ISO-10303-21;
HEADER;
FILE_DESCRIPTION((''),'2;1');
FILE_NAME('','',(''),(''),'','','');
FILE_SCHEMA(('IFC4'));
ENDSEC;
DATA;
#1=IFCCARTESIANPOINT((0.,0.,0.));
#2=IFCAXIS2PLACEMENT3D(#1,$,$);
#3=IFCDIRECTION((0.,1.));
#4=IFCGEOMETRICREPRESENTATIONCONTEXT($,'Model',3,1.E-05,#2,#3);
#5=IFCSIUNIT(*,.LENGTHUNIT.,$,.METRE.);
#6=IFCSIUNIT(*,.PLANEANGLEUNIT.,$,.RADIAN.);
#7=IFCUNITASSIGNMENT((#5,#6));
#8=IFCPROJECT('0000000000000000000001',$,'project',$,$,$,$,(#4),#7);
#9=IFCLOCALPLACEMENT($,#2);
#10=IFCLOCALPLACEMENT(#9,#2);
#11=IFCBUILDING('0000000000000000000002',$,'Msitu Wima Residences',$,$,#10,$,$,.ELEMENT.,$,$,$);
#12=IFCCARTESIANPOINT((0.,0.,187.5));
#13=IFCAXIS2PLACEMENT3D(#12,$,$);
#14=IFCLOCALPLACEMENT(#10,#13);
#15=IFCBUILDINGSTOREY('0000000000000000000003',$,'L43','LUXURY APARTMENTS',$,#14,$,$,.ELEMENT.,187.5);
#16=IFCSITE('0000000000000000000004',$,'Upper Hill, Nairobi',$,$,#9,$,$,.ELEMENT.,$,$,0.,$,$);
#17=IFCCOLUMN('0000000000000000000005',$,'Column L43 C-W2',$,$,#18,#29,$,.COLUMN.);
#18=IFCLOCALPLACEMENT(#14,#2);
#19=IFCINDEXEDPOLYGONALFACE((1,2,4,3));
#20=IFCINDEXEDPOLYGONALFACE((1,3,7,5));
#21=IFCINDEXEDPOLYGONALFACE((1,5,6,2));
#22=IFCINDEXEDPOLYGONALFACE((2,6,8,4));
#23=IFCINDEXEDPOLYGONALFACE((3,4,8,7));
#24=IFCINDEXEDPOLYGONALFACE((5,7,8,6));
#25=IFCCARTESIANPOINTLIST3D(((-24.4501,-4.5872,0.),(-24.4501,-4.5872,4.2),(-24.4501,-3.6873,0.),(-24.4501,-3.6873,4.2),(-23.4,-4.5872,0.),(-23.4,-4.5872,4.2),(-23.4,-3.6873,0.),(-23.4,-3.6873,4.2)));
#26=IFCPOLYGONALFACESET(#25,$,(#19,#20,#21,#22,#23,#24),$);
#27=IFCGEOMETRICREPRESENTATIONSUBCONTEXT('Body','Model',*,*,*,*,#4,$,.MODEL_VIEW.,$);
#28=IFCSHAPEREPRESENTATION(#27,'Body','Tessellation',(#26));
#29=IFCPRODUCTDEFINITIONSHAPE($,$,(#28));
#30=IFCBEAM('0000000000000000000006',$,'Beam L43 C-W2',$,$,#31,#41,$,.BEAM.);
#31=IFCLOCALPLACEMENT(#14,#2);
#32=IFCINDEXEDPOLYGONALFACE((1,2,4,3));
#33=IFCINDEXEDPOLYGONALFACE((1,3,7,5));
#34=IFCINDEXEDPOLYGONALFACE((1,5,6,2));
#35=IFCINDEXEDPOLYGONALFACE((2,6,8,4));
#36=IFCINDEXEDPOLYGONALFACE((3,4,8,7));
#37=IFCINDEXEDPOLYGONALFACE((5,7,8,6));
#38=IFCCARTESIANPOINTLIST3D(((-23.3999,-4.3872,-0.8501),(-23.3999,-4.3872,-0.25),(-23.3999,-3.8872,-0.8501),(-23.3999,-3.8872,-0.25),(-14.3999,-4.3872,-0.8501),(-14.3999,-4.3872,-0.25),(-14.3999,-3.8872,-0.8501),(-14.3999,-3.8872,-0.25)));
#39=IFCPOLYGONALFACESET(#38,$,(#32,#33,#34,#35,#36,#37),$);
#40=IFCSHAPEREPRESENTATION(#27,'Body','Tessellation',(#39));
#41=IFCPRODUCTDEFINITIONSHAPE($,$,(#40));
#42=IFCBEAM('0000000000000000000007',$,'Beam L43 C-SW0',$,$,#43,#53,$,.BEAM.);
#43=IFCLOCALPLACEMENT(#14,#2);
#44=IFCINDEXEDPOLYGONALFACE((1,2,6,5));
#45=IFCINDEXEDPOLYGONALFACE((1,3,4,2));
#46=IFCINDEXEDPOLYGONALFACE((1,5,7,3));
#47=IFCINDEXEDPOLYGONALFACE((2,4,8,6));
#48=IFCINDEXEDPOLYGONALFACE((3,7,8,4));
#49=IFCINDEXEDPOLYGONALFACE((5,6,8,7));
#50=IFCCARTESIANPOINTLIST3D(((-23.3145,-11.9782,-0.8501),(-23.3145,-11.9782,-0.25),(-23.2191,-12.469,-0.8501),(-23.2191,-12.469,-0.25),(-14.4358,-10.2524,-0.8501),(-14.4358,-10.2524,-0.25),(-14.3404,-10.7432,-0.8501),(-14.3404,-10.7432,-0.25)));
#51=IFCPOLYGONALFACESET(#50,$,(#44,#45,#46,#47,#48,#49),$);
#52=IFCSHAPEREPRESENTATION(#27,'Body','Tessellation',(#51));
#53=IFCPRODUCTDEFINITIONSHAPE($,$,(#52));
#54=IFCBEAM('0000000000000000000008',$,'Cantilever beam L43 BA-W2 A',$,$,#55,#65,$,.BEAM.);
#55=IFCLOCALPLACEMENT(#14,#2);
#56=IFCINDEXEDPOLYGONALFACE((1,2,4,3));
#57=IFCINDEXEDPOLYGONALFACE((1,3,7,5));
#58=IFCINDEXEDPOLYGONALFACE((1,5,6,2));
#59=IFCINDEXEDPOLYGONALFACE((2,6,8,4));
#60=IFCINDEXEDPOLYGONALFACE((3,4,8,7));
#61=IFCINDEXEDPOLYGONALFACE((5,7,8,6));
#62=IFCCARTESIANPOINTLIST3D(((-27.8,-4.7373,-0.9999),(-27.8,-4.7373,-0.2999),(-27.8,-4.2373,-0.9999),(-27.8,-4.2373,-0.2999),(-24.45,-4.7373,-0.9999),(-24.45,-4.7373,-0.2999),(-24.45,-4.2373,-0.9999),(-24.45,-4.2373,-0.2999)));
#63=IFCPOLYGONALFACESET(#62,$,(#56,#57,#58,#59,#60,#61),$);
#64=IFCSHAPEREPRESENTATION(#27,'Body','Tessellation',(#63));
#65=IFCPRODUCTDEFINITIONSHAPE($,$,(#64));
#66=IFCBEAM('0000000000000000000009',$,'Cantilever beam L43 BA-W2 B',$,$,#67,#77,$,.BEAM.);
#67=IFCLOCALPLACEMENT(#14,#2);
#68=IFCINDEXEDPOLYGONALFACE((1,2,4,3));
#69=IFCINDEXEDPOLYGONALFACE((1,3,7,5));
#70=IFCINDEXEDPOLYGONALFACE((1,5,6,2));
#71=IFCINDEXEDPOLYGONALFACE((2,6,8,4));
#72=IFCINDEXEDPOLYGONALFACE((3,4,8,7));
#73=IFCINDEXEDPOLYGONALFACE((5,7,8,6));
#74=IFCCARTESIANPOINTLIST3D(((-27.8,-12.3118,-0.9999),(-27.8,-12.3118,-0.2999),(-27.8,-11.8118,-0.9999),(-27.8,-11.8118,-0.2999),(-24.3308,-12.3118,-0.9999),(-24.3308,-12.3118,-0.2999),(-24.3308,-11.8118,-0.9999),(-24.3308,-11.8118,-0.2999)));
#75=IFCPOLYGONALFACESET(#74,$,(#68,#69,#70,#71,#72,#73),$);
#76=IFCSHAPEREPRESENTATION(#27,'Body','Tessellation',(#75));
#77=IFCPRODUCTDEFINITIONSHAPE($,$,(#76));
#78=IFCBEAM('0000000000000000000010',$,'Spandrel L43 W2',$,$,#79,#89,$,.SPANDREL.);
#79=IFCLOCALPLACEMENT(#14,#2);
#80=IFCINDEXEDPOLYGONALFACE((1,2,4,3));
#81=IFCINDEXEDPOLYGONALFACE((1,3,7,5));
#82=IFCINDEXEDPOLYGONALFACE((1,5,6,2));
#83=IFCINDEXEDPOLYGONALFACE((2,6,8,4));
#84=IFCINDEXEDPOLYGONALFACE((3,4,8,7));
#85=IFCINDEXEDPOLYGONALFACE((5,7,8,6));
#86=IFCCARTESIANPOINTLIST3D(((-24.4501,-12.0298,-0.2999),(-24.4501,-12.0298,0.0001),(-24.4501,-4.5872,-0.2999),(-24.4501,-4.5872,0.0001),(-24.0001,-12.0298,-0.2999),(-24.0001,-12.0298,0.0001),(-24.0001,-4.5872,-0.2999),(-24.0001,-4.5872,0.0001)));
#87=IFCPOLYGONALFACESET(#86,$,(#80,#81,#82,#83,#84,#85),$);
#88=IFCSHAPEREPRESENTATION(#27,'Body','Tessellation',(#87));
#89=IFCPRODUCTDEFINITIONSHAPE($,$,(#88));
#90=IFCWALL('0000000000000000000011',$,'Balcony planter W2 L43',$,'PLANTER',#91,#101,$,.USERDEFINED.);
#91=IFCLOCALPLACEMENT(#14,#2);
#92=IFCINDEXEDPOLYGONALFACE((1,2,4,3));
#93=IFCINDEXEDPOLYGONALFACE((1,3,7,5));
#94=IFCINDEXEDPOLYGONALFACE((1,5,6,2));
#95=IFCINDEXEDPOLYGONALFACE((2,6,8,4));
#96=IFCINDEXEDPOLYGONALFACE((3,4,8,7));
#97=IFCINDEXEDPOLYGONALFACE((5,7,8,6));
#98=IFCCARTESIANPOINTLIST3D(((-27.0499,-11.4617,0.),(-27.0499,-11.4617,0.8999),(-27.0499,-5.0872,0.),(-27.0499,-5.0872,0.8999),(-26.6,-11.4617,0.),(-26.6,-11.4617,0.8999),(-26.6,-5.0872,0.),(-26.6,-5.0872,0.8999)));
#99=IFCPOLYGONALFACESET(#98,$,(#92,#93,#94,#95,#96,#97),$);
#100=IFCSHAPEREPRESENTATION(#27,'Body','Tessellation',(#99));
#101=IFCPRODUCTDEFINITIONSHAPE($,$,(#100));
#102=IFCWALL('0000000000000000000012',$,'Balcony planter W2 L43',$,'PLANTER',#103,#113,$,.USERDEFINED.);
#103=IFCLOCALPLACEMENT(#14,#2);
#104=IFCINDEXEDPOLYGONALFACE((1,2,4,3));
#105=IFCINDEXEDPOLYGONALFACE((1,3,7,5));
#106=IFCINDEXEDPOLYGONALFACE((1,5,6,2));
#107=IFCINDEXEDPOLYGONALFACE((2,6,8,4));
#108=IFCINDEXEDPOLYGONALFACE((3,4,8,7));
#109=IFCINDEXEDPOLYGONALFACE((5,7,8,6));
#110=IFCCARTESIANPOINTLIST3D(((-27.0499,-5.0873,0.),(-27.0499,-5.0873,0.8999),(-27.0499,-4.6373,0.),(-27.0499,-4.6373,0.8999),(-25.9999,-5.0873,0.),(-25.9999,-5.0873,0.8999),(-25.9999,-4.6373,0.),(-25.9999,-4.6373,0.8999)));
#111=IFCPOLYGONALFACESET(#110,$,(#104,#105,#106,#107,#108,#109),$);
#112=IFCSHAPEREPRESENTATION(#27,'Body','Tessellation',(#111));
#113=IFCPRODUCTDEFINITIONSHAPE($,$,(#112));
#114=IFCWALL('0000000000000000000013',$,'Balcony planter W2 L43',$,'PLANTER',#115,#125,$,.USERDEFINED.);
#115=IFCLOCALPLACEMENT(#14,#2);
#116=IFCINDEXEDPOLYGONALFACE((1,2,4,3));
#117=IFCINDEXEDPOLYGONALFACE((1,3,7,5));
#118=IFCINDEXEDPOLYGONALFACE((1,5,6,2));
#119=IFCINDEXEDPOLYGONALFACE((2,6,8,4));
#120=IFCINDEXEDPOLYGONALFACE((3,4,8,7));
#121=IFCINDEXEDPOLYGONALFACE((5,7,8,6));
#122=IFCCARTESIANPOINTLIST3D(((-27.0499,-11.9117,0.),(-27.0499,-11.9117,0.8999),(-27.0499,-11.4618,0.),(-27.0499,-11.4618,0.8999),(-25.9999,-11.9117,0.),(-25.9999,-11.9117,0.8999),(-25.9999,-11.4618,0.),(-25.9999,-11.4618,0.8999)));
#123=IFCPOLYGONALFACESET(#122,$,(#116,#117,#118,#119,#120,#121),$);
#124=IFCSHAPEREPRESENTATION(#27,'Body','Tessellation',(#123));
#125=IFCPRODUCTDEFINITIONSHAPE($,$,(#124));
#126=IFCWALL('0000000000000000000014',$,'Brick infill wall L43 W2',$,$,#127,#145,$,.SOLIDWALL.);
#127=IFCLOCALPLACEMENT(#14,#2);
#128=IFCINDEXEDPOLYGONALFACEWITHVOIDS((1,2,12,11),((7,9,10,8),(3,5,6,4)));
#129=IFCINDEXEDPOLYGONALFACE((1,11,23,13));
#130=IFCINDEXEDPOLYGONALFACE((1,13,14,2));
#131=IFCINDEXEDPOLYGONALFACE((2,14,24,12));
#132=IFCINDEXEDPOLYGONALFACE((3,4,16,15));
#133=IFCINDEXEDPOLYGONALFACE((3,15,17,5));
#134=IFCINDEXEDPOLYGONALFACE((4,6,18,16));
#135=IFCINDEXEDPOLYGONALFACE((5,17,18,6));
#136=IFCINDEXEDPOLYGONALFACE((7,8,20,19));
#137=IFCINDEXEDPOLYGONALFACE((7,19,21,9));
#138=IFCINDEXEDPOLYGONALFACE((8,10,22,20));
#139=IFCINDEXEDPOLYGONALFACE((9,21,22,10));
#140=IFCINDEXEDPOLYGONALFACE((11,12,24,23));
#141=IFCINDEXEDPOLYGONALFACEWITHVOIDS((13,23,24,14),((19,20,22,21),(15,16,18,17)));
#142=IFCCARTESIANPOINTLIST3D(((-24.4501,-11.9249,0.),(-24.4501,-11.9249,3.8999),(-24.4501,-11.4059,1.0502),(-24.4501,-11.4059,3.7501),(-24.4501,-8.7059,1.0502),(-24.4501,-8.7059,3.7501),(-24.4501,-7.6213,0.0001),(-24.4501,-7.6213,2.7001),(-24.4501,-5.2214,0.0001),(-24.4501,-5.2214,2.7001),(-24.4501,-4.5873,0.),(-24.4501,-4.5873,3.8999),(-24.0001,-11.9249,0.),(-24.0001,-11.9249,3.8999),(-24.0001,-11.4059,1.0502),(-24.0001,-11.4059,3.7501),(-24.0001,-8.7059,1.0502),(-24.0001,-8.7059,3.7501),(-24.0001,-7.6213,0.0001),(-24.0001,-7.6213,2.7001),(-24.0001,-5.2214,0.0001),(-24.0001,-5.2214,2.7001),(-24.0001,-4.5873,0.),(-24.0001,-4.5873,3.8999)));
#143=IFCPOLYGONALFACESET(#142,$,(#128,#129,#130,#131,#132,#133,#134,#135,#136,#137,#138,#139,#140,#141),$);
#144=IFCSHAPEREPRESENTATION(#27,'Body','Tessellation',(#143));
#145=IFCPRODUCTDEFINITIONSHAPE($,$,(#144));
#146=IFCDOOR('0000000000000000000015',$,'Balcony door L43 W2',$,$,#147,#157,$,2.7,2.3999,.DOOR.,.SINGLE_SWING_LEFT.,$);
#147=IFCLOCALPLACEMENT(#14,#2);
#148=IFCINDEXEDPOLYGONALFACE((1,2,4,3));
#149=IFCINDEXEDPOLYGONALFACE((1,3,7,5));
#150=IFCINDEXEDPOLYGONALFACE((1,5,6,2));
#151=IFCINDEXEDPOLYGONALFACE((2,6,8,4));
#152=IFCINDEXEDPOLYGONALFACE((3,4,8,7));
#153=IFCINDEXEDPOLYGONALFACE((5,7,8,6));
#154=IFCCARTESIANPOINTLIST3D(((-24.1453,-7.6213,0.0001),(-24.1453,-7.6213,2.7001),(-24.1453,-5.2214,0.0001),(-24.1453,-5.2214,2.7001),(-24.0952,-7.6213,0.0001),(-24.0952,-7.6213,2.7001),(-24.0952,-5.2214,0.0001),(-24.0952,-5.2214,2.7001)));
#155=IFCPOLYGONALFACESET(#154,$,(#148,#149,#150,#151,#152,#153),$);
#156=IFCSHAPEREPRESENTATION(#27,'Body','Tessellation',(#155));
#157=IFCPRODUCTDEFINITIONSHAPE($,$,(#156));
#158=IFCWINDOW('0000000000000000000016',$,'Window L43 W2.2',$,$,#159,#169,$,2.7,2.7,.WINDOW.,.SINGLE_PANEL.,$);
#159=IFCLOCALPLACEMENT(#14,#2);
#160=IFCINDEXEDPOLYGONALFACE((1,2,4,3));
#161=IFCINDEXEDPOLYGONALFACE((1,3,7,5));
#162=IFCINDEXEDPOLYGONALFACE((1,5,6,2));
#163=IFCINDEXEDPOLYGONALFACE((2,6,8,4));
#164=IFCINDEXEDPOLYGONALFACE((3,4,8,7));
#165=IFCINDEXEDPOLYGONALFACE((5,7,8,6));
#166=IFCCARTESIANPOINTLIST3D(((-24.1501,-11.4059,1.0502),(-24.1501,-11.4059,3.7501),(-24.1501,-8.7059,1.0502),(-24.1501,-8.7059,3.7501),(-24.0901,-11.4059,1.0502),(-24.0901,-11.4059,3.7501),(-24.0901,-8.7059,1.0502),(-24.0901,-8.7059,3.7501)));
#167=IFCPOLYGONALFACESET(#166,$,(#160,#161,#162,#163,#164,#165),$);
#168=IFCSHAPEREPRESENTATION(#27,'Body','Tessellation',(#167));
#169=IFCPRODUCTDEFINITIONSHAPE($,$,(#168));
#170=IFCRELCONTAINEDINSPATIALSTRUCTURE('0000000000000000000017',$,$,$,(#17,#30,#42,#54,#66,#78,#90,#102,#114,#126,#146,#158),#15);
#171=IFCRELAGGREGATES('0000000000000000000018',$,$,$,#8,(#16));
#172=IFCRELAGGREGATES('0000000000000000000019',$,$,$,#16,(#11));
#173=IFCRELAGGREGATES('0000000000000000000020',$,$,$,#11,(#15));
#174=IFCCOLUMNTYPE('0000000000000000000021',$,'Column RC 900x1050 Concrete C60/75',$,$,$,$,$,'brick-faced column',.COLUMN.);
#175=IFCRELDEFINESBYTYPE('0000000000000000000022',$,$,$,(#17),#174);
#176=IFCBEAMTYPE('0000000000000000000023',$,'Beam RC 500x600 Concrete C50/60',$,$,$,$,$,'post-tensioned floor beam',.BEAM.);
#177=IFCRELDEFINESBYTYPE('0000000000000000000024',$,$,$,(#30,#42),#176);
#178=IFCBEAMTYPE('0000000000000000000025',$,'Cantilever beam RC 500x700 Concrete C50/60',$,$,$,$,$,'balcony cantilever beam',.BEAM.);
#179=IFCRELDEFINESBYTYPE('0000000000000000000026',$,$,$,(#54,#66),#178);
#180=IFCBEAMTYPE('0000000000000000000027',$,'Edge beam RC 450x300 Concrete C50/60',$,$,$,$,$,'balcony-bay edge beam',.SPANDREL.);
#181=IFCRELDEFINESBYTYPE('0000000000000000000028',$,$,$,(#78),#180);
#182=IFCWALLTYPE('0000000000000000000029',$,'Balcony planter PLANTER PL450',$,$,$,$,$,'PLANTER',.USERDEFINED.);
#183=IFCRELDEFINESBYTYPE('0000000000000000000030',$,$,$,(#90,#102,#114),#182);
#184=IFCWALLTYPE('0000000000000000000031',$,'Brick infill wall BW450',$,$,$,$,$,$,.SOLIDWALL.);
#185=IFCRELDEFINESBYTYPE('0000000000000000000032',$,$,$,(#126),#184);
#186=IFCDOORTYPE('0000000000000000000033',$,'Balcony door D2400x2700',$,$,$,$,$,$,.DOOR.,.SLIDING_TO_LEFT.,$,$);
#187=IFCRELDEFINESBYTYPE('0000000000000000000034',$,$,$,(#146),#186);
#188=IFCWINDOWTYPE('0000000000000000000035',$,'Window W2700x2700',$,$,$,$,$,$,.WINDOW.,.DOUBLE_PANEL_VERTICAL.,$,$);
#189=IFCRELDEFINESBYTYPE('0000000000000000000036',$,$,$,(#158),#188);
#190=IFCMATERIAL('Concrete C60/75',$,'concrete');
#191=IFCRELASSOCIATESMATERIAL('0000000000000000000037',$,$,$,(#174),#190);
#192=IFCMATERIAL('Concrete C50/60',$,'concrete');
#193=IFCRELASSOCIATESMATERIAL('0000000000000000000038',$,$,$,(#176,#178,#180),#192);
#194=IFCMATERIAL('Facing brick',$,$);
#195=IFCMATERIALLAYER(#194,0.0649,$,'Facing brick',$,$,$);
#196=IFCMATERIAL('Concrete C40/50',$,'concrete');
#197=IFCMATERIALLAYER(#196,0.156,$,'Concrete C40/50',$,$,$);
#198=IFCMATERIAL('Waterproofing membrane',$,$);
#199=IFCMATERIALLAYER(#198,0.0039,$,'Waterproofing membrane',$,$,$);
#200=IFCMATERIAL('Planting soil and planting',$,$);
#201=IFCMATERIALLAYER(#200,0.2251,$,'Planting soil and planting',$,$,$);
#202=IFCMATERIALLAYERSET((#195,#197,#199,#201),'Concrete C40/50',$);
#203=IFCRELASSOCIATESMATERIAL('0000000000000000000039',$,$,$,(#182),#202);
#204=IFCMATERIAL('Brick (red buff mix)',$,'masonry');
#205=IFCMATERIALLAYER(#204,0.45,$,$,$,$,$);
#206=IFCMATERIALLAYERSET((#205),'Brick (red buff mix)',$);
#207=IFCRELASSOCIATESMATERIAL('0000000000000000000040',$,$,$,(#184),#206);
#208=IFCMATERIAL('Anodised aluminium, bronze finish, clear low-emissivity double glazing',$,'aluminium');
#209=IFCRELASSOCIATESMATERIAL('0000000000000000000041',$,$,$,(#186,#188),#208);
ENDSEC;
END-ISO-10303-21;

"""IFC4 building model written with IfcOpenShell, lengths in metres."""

from ifc_helpers import new_model, si_unit, direction, frame, frame_2d, origin, origin_2d, place, context, subcontext, project, spatial, rectangle, extrude, material, layer, layer_set, material_profile, profile_set, type_object, element, fill, save


model = new_model("IFC4")

# Units and contexts
model_context = context("Model", 3, precision=1e-05, world=origin(), true_north=direction((0.0, 1.0)))
body_context = subcontext(model_context, "Body", "Model", "MODEL_VIEW")
ifc_project = project(units=[si_unit("LENGTHUNIT", "METRE"), si_unit("PLANEANGLEUNIT", "RADIAN")], contexts=[model_context])

# Site, building, storey
site_placement = place(None, origin())
site = spatial("IfcSite", under=ifc_project, at=site_placement, Name="Upper Hill, Nairobi", CompositionType="ELEMENT", RefElevation=0.0)
building_placement = place(site_placement, origin())
building = spatial("IfcBuilding", under=site, at=building_placement, Name="Msitu Wima Residences", CompositionType="ELEMENT")
storey_placement = place(building_placement, frame((0.0, 0.0, 187.5)))
storey = spatial("IfcBuildingStorey", under=building, at=storey_placement, Name="L43", Description="LUXURY APARTMENTS", CompositionType="ELEMENT", Elevation=187.5)

# Column
ifc_material_1 = material(Name="Concrete C60/75", Category="concrete")
ifc_material_profile_1 = material_profile(ifc_material_1, rectangle(XDim=0.8999, YDim=1.05, at=origin_2d()), Name="RC 900x1050")
ifc_profile_set_1 = profile_set([ifc_material_profile_1], Name="Concrete C60/75")
column_type = type_object("IfcColumnType", Name="Column RC 900x1050 Concrete C60/75", ElementType="brick-faced column", PredefinedType="COLUMN", material=ifc_profile_set_1)
column_placement = place(storey_placement, frame((-23.925, -4.1372, 0.0), z_axis=(0.0, 0.0, 1.0), x_axis=(0.0, -1.0, 0.0)))
element("IfcColumn", 1, at=column_placement, inside=storey, type_object=column_type, Name="Column L43 C-W2", PredefinedType="COLUMN", context=body_context, shape_type="SweptSolid", body=[
    extrude(rectangle(XDim=0.8999, YDim=1.05, at=origin_2d()), origin(), (0.0, 0.0, 1.0), 4.2),
])

# Beams
ifc_material_2 = material(Name="Concrete C50/60", Category="concrete")
ifc_material_profile_2 = material_profile(ifc_material_2, rectangle(XDim=0.5, YDim=0.6001, at=origin_2d()), Name="RC 500x600")
ifc_profile_set_2 = profile_set([ifc_material_profile_2], Name="Concrete C50/60")
beam_type_1 = type_object("IfcBeamType", Name="Beam RC 500x600 Concrete C50/60", ElementType="post-tensioned floor beam", PredefinedType="BEAM", material=ifc_profile_set_2)
beam_1_placement = place(storey_placement, frame((-23.3999, -4.1372, -0.55), z_axis=(1.0, 0.0, 0.0), x_axis=(0.0, 1.0, 0.0)))
element("IfcBeam", 2, at=beam_1_placement, inside=storey, type_object=beam_type_1, Name="Beam L43 C-W2", PredefinedType="BEAM", context=body_context, shape_type="SweptSolid", body=[
    extrude(rectangle(XDim=0.5, YDim=0.6001, at=origin_2d()), origin(), (0.0, 0.0, 1.0), 9.0),
])
beam_2_placement = place(storey_placement, frame((-23.2668, -12.2236, -0.55), z_axis=(0.981627, 0.190808, 0.0), x_axis=(-0.190808, 0.981627, 0.0)))
element("IfcBeam", 3, at=beam_2_placement, inside=storey, type_object=beam_type_1, Name="Beam L43 C-SW0", PredefinedType="BEAM", context=body_context, shape_type="SweptSolid", body=[
    extrude(rectangle(XDim=0.5, YDim=0.6001, at=origin_2d()), origin(), (0.0, 0.0, 1.0), 9.0449),
])
ifc_material_profile_3 = material_profile(ifc_material_2, rectangle(XDim=0.5, YDim=0.7, at=origin_2d()), Name="RC 500x700")
ifc_profile_set_3 = profile_set([ifc_material_profile_3], Name="Concrete C50/60")
beam_type_2 = type_object("IfcBeamType", Name="Cantilever beam RC 500x700 Concrete C50/60", ElementType="balcony cantilever beam", PredefinedType="BEAM", material=ifc_profile_set_3)
beam_3_placement = place(storey_placement, frame((-24.45, -4.4873, -0.6499), z_axis=(-1.0, 0.0, 0.0), x_axis=(0.0, -1.0, 0.0)))
element("IfcBeam", 4, at=beam_3_placement, inside=storey, type_object=beam_type_2, Name="Cantilever beam L43 BA-W2 A", PredefinedType="BEAM", context=body_context, shape_type="SweptSolid", body=[
    extrude(rectangle(XDim=0.5, YDim=0.7, at=origin_2d()), origin(), (0.0, 0.0, 1.0), 3.3501),
])
beam_4_placement = place(storey_placement, frame((-24.3308, -12.0618, -0.6499), z_axis=(-1.0, 0.0, 0.0), x_axis=(0.0, -1.0, 0.0)))
element("IfcBeam", 5, at=beam_4_placement, inside=storey, type_object=beam_type_2, Name="Cantilever beam L43 BA-W2 B", PredefinedType="BEAM", context=body_context, shape_type="SweptSolid", body=[
    extrude(rectangle(XDim=0.5, YDim=0.7, at=origin_2d()), origin(), (0.0, 0.0, 1.0), 3.4692),
])
ifc_material_profile_4 = material_profile(ifc_material_2, rectangle(XDim=0.45, YDim=0.3, at=origin_2d()), Name="RC 450x300")
ifc_profile_set_4 = profile_set([ifc_material_profile_4], Name="Concrete C50/60")
beam_type_3 = type_object("IfcBeamType", Name="Edge beam RC 450x300 Concrete C50/60", ElementType="balcony-bay edge beam", PredefinedType="SPANDREL", material=ifc_profile_set_4)
beam_5_placement = place(storey_placement, frame((-24.2251, -4.5872, -0.1499), z_axis=(0.0, -1.0, 0.0), x_axis=(1.0, 0.0, 0.0)))
element("IfcBeam", 6, at=beam_5_placement, inside=storey, type_object=beam_type_3, Name="Spandrel L43 W2", PredefinedType="SPANDREL", context=body_context, shape_type="SweptSolid", body=[
    extrude(rectangle(XDim=0.45, YDim=0.3, at=origin_2d()), origin(), (0.0, 0.0, 1.0), 7.4426),
])

# Walls
ifc_material_3 = material(Name="Facing brick")
ifc_layer_1 = layer(ifc_material_3, 0.0649, Name="Facing brick")
ifc_material_4 = material(Name="Concrete C40/50", Category="concrete")
ifc_layer_2 = layer(ifc_material_4, 0.156, Name="Concrete C40/50")
ifc_material_5 = material(Name="Waterproofing membrane")
ifc_layer_3 = layer(ifc_material_5, 0.0039, Name="Waterproofing membrane")
ifc_material_6 = material(Name="Planting soil and planting")
ifc_layer_4 = layer(ifc_material_6, 0.2251, Name="Planting soil and planting")
ifc_layer_set_1 = layer_set([ifc_layer_1, ifc_layer_2, ifc_layer_3, ifc_layer_4], Name="Concrete C40/50")
wall_type_1 = type_object("IfcWallType", Name="Balcony planter PLANTER PL450", ElementType="PLANTER", PredefinedType="USERDEFINED", material=ifc_layer_set_1)
wall_1_placement = place(storey_placement, frame((-26.825, -5.0872, 0.0), z_axis=(0.0, 0.0, 1.0), x_axis=(0.0, -1.0, 0.0)))
element("IfcWall", 7, at=wall_1_placement, inside=storey, type_object=wall_type_1, Name="Balcony planter W2 L43", ObjectType="PLANTER", PredefinedType="USERDEFINED", context=body_context, shape_type="SweptSolid", body=[
    extrude(rectangle(XDim=6.3745, YDim=0.45, at=frame_2d((3.1873, 0.0))), origin(), (0.0, 0.0, 1.0), 0.8999),
])
for number, where, z_axis, x_axis, name in (
    (8, (-26.0, -4.8623, 0.0), (0.0, 0.0, 1.0), (-1.0, 0.0, 0.0), "Balcony planter W2 L43"),
    (9, (-26.0, -11.6868, 0.0), (0.0, 0.0, 1.0), (-1.0, 0.0, 0.0), "Balcony planter W2 L43"),
):
    element("IfcWall", number, at=place(storey_placement, frame(where, z_axis=z_axis, x_axis=x_axis)), inside=storey, type_object=wall_type_1, Name=name, ObjectType="PLANTER", PredefinedType="USERDEFINED", context=body_context, shape_type="SweptSolid", body=[
        extrude(rectangle(XDim=1.05, YDim=0.45, at=frame_2d((0.5249, 0.0))), origin(), (0.0, 0.0, 1.0), 0.8999),
    ])

# Wall, openings, door, window
ifc_material_7 = material(Name="Brick (red buff mix)", Category="masonry")
ifc_layer_5 = layer(ifc_material_7, 0.45)
ifc_layer_set_2 = layer_set([ifc_layer_5], Name="Brick (red buff mix)")
wall_type_2 = type_object("IfcWallType", Name="Brick infill wall BW450", PredefinedType="SOLIDWALL", material=ifc_layer_set_2)
wall_2_placement = place(storey_placement, frame((-24.2251, -4.5872, 0.0), z_axis=(0.0, 0.0, 1.0), x_axis=(0.0, -1.0, 0.0)))
wall_2 = element("IfcWall", 10, at=wall_2_placement, inside=storey, type_object=wall_type_2, Name="Brick infill wall L43 W2", PredefinedType="SOLIDWALL", context=body_context, shape_type="SweptSolid", body=[
    extrude(rectangle(XDim=7.3376, YDim=0.45, at=frame_2d((3.6689, 0.0))), origin(), (0.0, 0.0, 1.0), 3.8999),
])
opening_1_placement = place(wall_2_placement, frame((0.6343, 0.0, 0.0)))
opening_1 = element("IfcOpeningElement", 11, at=opening_1_placement, cuts=wall_2, PredefinedType="OPENING", context=body_context, shape_type="SweptSolid", body=[
    extrude(rectangle(XDim=2.3999, YDim=2.7, at=frame_2d((1.2, 1.3501))), frame((0.0, 0.2349, 0.0), z_axis=(0.0, -1.0, 0.0), x_axis=(1.0, 0.0, 0.0)), (0.0, 0.0, 1.0), 0.47),
])
opening_2_placement = place(wall_2_placement, frame((4.1187, 0.0, 1.05)))
opening_2 = element("IfcOpeningElement", 12, at=opening_2_placement, cuts=wall_2, PredefinedType="OPENING", context=body_context, shape_type="SweptSolid", body=[
    extrude(rectangle(XDim=2.7, YDim=2.7, at=frame_2d((1.3501, 1.3501))), frame((0.0, 0.2349, 0.0), z_axis=(0.0, -1.0, 0.0), x_axis=(1.0, 0.0, 0.0)), (0.0, 0.0, 1.0), 0.47),
])
ifc_material_8 = material(Name="Anodised aluminium, bronze finish, clear low-emissivity double glazing", Category="aluminium")
door_type_1 = type_object("IfcDoorType", Name="Balcony door D2400x2700", OperationType="SLIDING_TO_LEFT", PredefinedType="DOOR", material=ifc_material_8)
door_1_placement = place(opening_1_placement, origin())
door_1 = element("IfcDoor", 13, at=door_1_placement, inside=storey, type_object=door_type_1, Name="Balcony door L43 W2", OperationType="SINGLE_SWING_LEFT", OverallHeight=2.7, OverallWidth=2.3999, PredefinedType="DOOR", context=body_context, shape_type="SweptSolid", body=[
    extrude(rectangle(XDim=2.3999, YDim=2.7, at=frame_2d((1.2, 1.3501))), frame((0.0, 0.1299, 0.0), z_axis=(0.0, -1.0, 0.0), x_axis=(1.0, 0.0, 0.0)), (0.0, 0.0, 1.0), 0.05),
])
fill(opening_1, door_1)
window_type = type_object("IfcWindowType", Name="Window W2700x2700", PartitioningType="DOUBLE_PANEL_VERTICAL", PredefinedType="WINDOW", material=ifc_material_8)
window_placement = place(opening_2_placement, origin())
window = element("IfcWindow", 14, at=window_placement, inside=storey, type_object=window_type, Name="Window L43 W2.2", OverallHeight=2.7, OverallWidth=2.7, PartitioningType="SINGLE_PANEL", PredefinedType="WINDOW", context=body_context, shape_type="SweptSolid", body=[
    extrude(rectangle(XDim=2.7, YDim=2.7, at=frame_2d((1.3501, 1.3501))), frame((0.0, 0.135, 0.0), z_axis=(0.0, -1.0, 0.0), x_axis=(1.0, 0.0, 0.0)), (0.0, 0.0, 1.0), 0.0601),
])
fill(opening_2, window)

save(model, "model.ifc")
